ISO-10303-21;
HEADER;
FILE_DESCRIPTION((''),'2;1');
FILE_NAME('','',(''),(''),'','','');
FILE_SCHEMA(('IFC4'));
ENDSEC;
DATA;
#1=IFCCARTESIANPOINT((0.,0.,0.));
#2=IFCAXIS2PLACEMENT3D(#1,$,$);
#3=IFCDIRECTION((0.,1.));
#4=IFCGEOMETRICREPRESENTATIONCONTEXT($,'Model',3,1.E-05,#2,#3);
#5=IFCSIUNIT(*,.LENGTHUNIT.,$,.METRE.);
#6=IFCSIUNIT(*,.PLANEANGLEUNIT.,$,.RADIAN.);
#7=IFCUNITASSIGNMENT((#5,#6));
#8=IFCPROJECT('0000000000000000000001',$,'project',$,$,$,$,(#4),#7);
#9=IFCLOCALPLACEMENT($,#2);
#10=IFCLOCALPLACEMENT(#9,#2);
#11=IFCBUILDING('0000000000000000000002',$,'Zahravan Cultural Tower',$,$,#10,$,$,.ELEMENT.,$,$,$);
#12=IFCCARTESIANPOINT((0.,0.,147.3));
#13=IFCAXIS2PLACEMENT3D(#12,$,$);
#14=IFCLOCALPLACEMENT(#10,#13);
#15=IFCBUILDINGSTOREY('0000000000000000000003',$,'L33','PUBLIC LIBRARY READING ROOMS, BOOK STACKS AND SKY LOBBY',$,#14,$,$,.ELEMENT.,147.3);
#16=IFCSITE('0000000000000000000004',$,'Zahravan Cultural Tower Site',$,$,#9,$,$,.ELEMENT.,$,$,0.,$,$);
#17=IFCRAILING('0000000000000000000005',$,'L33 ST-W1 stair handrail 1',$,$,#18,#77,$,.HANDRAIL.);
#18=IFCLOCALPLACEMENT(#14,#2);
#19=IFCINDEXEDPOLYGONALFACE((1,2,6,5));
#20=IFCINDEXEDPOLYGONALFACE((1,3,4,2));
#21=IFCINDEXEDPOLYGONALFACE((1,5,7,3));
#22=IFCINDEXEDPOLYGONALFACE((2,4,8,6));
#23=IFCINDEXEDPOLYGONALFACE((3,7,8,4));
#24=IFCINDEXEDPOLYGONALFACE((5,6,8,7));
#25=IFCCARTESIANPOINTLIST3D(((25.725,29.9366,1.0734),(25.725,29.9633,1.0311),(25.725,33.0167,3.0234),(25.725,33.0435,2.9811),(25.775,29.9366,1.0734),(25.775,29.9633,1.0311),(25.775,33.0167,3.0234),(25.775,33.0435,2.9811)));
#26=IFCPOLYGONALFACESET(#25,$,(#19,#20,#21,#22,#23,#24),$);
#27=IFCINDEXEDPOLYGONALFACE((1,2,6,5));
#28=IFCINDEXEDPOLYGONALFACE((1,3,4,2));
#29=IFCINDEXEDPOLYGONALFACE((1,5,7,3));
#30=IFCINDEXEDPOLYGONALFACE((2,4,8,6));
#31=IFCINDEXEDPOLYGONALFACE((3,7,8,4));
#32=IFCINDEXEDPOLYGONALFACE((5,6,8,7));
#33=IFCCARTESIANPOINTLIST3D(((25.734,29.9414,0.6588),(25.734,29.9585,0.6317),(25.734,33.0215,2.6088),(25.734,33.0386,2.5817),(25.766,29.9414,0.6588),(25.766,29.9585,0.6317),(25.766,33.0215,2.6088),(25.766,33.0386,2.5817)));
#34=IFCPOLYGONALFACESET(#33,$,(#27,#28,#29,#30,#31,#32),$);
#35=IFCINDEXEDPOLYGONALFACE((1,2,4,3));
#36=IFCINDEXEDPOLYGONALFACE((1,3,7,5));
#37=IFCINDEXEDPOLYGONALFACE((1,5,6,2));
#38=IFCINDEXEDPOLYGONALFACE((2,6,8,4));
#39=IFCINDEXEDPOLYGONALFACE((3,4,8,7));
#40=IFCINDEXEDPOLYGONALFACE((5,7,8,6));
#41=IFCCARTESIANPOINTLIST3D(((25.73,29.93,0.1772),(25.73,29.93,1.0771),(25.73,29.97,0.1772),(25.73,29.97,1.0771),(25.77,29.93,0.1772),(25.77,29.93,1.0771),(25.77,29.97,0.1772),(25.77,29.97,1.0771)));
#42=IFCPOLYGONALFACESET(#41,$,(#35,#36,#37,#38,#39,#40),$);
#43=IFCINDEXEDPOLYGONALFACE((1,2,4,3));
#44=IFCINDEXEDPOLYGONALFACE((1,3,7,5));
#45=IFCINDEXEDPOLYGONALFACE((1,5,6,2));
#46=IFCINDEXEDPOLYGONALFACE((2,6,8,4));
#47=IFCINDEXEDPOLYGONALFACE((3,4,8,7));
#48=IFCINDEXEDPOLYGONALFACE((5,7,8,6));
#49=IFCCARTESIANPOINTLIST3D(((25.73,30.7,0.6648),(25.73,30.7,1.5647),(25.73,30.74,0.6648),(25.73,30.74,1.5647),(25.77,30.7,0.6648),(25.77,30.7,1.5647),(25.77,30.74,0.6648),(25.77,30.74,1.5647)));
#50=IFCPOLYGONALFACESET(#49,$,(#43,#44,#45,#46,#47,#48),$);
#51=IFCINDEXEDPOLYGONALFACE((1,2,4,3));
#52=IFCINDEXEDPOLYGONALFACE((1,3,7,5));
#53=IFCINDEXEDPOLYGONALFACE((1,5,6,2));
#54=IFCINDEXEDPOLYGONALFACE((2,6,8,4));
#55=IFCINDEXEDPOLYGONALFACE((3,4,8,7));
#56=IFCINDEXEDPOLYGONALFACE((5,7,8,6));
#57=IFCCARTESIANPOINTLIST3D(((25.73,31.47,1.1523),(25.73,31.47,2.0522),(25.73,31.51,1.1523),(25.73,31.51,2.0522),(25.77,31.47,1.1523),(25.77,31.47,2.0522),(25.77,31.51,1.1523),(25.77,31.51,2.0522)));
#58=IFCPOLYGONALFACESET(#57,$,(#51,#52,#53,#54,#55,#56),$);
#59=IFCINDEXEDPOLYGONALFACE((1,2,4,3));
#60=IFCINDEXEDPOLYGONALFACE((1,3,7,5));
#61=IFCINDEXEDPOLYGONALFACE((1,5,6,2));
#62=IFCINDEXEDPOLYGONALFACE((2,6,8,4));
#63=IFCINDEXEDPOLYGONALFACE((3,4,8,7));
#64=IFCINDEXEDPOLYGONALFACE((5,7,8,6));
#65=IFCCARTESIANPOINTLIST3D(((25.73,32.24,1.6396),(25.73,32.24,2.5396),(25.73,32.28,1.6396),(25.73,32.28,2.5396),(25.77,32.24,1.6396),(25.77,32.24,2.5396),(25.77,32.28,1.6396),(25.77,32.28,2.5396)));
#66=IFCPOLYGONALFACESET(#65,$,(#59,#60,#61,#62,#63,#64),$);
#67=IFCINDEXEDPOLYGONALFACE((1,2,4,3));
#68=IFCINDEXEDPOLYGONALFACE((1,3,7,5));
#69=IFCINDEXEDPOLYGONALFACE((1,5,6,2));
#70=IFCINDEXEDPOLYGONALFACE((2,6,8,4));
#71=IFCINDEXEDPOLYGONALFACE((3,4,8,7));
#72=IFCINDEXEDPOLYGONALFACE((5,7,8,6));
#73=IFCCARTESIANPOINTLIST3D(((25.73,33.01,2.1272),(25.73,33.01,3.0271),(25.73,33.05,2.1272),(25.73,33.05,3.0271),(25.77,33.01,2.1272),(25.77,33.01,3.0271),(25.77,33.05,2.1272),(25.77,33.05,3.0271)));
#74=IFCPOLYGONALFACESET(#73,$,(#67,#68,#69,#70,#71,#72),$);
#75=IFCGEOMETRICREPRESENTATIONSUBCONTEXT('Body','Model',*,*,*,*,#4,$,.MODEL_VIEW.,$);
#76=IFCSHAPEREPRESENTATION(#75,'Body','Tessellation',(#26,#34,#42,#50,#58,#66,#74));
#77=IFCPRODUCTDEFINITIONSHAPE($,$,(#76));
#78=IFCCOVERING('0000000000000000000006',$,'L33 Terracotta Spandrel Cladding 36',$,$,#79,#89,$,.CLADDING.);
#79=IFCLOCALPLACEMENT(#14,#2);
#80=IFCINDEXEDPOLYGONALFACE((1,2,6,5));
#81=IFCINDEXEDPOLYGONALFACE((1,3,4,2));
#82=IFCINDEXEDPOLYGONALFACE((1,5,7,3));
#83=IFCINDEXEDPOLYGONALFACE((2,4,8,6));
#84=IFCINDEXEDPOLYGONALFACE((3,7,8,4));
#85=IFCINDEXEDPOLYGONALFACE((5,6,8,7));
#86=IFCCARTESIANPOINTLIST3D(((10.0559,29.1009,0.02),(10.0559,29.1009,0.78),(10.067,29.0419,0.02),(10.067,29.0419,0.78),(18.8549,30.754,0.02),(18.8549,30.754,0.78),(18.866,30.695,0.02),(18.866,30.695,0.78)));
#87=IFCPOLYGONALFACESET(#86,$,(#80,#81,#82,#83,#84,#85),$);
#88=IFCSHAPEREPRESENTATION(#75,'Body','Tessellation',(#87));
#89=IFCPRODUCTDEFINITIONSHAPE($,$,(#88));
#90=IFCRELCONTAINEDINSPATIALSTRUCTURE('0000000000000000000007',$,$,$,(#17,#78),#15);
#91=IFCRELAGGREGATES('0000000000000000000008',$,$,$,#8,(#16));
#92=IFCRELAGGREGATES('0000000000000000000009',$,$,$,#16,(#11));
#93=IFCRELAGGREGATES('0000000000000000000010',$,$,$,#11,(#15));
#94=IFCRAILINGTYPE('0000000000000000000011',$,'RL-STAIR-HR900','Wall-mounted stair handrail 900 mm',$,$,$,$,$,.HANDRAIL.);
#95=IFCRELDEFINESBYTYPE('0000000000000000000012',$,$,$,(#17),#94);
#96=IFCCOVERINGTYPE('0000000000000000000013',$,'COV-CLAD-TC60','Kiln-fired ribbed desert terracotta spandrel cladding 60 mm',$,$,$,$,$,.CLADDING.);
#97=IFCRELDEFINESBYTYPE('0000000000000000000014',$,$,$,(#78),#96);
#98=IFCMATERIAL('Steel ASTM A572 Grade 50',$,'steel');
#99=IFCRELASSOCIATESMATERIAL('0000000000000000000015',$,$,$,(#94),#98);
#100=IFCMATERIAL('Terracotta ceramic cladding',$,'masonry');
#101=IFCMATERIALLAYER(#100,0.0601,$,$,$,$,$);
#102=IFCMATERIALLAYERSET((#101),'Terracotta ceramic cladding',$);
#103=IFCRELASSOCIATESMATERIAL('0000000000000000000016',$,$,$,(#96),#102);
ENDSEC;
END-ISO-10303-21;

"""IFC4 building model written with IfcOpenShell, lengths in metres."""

from ifc_helpers import new_model, si_unit, direction, frame, origin, origin_2d, place, context, subcontext, project, spatial, rectangle, extrude, source, transform, mapped, material, layer, layer_set, type_object, element, save


model = new_model("IFC4")

# Units and contexts
model_context = context("Model", 3, precision=1e-05, world=origin(), true_north=direction((0.0, 1.0)))
body_context = subcontext(model_context, "Body", "Model", "MODEL_VIEW")
ifc_project = project(units=[si_unit("LENGTHUNIT", "METRE"), si_unit("PLANEANGLEUNIT", "RADIAN")], contexts=[model_context])

# Site, building, storey
site_placement = place(None, origin())
site = spatial("IfcSite", under=ifc_project, at=site_placement, Name="Zahravan Cultural Tower Site", CompositionType="ELEMENT", RefElevation=0.0)
building_placement = place(site_placement, origin())
building = spatial("IfcBuilding", under=site, at=building_placement, Name="Zahravan Cultural Tower", CompositionType="ELEMENT")
storey_placement = place(building_placement, frame((0.0, 0.0, 147.3)))
storey = spatial("IfcBuildingStorey", under=building, at=storey_placement, Name="L33", Description="PUBLIC LIBRARY READING ROOMS, BOOK STACKS AND SKY LOBBY", CompositionType="ELEMENT", Elevation=147.3)

# Shared definitions
ifc_material_1 = material(Name="Steel ASTM A572 Grade 50", Category="steel")

# Railing
railing_type_1 = type_object("IfcRailingType", Name="RL-STAIR-HR900", Description="Wall-mounted stair handrail 900 mm", PredefinedType="HANDRAIL", material=ifc_material_1)
railing_1_placement = place(storey_placement, frame((25.75, 29.95, 0.1772)))
element("IfcRailing", 1, at=railing_1_placement, inside=storey, type_object=railing_type_1, Name="L33 ST-W1 stair handrail 1", PredefinedType="HANDRAIL", context=body_context, shape_type="SweptSolid", body=[
    extrude(rectangle(XDim=0.05, YDim=0.05, at=origin_2d()), frame((0.0, 0.0, 0.875), z_axis=(0.0, 0.844914, 0.534902), x_axis=(-1.0, 0.0, 0.0)), (0.0, 0.0, 1.0), 3.6455),
    extrude(rectangle(XDim=0.032, YDim=0.032, at=origin_2d()), frame((0.0, 0.0, 0.468), z_axis=(0.0, 0.844914, 0.534902), x_axis=(-1.0, 0.0, 0.0)), (0.0, 0.0, 1.0), 3.6455),
    extrude(rectangle(XDim=0.04, YDim=0.04, at=origin_2d()), origin(), (0.0, 0.0, 1.0), 0.8999),
    extrude(rectangle(XDim=0.04, YDim=0.04, at=origin_2d()), frame((0.0, 0.77, 0.4875)), (0.0, 0.0, 1.0), 0.8999),
    extrude(rectangle(XDim=0.04, YDim=0.04, at=origin_2d()), frame((0.0, 1.54, 0.9751)), (0.0, 0.0, 1.0), 0.8999),
    extrude(rectangle(XDim=0.04, YDim=0.04, at=origin_2d()), frame((0.0, 2.3101, 1.4624)), (0.0, 0.0, 1.0), 0.8999),
    extrude(rectangle(XDim=0.04, YDim=0.04, at=origin_2d()), frame((0.0, 3.0801, 1.95)), (0.0, 0.0, 1.0), 0.8999),
])

# Covering
ifc_material_2 = material(Name="Terracotta ceramic cladding", Category="masonry")
ifc_layer_1 = layer(ifc_material_2, 0.0601)
ifc_layer_set_1 = layer_set([ifc_layer_1], Name="Terracotta ceramic cladding")
covering_type = type_object("IfcCoveringType", Name="COV-CLAD-TC60", Description="Kiln-fired ribbed desert terracotta spandrel cladding 60 mm", PredefinedType="CLADDING", material=ifc_layer_set_1)
shared_shape_1 = source(origin(), body_context, "Body", "SweptSolid", [
    extrude(rectangle(XDim=8.9529, YDim=0.0601, at=origin_2d()), origin(), (0.0, 0.0, 1.0), 0.76),
])
covering_placement = place(storey_placement, frame((14.4609, 29.8979, 0.02), z_axis=(0.0, 0.0, 1.0), x_axis=(0.982807, 0.184638, 0.0)))
element("IfcCovering", 2, at=covering_placement, inside=storey, type_object=covering_type, Name="L33 Terracotta Spandrel Cladding 36", PredefinedType="CLADDING", context=body_context, shape_type="MappedRepresentation", body=[
    mapped(shared_shape_1, transform((0.0, 0.0, 0.0), x_axis=(1.0, 0.0, 0.0), y_axis=(0.0, 1.0, 0.0), z_axis=(0.0, 0.0, 1.0), scale=1.0)),
])

save(model, "model.ifc")
